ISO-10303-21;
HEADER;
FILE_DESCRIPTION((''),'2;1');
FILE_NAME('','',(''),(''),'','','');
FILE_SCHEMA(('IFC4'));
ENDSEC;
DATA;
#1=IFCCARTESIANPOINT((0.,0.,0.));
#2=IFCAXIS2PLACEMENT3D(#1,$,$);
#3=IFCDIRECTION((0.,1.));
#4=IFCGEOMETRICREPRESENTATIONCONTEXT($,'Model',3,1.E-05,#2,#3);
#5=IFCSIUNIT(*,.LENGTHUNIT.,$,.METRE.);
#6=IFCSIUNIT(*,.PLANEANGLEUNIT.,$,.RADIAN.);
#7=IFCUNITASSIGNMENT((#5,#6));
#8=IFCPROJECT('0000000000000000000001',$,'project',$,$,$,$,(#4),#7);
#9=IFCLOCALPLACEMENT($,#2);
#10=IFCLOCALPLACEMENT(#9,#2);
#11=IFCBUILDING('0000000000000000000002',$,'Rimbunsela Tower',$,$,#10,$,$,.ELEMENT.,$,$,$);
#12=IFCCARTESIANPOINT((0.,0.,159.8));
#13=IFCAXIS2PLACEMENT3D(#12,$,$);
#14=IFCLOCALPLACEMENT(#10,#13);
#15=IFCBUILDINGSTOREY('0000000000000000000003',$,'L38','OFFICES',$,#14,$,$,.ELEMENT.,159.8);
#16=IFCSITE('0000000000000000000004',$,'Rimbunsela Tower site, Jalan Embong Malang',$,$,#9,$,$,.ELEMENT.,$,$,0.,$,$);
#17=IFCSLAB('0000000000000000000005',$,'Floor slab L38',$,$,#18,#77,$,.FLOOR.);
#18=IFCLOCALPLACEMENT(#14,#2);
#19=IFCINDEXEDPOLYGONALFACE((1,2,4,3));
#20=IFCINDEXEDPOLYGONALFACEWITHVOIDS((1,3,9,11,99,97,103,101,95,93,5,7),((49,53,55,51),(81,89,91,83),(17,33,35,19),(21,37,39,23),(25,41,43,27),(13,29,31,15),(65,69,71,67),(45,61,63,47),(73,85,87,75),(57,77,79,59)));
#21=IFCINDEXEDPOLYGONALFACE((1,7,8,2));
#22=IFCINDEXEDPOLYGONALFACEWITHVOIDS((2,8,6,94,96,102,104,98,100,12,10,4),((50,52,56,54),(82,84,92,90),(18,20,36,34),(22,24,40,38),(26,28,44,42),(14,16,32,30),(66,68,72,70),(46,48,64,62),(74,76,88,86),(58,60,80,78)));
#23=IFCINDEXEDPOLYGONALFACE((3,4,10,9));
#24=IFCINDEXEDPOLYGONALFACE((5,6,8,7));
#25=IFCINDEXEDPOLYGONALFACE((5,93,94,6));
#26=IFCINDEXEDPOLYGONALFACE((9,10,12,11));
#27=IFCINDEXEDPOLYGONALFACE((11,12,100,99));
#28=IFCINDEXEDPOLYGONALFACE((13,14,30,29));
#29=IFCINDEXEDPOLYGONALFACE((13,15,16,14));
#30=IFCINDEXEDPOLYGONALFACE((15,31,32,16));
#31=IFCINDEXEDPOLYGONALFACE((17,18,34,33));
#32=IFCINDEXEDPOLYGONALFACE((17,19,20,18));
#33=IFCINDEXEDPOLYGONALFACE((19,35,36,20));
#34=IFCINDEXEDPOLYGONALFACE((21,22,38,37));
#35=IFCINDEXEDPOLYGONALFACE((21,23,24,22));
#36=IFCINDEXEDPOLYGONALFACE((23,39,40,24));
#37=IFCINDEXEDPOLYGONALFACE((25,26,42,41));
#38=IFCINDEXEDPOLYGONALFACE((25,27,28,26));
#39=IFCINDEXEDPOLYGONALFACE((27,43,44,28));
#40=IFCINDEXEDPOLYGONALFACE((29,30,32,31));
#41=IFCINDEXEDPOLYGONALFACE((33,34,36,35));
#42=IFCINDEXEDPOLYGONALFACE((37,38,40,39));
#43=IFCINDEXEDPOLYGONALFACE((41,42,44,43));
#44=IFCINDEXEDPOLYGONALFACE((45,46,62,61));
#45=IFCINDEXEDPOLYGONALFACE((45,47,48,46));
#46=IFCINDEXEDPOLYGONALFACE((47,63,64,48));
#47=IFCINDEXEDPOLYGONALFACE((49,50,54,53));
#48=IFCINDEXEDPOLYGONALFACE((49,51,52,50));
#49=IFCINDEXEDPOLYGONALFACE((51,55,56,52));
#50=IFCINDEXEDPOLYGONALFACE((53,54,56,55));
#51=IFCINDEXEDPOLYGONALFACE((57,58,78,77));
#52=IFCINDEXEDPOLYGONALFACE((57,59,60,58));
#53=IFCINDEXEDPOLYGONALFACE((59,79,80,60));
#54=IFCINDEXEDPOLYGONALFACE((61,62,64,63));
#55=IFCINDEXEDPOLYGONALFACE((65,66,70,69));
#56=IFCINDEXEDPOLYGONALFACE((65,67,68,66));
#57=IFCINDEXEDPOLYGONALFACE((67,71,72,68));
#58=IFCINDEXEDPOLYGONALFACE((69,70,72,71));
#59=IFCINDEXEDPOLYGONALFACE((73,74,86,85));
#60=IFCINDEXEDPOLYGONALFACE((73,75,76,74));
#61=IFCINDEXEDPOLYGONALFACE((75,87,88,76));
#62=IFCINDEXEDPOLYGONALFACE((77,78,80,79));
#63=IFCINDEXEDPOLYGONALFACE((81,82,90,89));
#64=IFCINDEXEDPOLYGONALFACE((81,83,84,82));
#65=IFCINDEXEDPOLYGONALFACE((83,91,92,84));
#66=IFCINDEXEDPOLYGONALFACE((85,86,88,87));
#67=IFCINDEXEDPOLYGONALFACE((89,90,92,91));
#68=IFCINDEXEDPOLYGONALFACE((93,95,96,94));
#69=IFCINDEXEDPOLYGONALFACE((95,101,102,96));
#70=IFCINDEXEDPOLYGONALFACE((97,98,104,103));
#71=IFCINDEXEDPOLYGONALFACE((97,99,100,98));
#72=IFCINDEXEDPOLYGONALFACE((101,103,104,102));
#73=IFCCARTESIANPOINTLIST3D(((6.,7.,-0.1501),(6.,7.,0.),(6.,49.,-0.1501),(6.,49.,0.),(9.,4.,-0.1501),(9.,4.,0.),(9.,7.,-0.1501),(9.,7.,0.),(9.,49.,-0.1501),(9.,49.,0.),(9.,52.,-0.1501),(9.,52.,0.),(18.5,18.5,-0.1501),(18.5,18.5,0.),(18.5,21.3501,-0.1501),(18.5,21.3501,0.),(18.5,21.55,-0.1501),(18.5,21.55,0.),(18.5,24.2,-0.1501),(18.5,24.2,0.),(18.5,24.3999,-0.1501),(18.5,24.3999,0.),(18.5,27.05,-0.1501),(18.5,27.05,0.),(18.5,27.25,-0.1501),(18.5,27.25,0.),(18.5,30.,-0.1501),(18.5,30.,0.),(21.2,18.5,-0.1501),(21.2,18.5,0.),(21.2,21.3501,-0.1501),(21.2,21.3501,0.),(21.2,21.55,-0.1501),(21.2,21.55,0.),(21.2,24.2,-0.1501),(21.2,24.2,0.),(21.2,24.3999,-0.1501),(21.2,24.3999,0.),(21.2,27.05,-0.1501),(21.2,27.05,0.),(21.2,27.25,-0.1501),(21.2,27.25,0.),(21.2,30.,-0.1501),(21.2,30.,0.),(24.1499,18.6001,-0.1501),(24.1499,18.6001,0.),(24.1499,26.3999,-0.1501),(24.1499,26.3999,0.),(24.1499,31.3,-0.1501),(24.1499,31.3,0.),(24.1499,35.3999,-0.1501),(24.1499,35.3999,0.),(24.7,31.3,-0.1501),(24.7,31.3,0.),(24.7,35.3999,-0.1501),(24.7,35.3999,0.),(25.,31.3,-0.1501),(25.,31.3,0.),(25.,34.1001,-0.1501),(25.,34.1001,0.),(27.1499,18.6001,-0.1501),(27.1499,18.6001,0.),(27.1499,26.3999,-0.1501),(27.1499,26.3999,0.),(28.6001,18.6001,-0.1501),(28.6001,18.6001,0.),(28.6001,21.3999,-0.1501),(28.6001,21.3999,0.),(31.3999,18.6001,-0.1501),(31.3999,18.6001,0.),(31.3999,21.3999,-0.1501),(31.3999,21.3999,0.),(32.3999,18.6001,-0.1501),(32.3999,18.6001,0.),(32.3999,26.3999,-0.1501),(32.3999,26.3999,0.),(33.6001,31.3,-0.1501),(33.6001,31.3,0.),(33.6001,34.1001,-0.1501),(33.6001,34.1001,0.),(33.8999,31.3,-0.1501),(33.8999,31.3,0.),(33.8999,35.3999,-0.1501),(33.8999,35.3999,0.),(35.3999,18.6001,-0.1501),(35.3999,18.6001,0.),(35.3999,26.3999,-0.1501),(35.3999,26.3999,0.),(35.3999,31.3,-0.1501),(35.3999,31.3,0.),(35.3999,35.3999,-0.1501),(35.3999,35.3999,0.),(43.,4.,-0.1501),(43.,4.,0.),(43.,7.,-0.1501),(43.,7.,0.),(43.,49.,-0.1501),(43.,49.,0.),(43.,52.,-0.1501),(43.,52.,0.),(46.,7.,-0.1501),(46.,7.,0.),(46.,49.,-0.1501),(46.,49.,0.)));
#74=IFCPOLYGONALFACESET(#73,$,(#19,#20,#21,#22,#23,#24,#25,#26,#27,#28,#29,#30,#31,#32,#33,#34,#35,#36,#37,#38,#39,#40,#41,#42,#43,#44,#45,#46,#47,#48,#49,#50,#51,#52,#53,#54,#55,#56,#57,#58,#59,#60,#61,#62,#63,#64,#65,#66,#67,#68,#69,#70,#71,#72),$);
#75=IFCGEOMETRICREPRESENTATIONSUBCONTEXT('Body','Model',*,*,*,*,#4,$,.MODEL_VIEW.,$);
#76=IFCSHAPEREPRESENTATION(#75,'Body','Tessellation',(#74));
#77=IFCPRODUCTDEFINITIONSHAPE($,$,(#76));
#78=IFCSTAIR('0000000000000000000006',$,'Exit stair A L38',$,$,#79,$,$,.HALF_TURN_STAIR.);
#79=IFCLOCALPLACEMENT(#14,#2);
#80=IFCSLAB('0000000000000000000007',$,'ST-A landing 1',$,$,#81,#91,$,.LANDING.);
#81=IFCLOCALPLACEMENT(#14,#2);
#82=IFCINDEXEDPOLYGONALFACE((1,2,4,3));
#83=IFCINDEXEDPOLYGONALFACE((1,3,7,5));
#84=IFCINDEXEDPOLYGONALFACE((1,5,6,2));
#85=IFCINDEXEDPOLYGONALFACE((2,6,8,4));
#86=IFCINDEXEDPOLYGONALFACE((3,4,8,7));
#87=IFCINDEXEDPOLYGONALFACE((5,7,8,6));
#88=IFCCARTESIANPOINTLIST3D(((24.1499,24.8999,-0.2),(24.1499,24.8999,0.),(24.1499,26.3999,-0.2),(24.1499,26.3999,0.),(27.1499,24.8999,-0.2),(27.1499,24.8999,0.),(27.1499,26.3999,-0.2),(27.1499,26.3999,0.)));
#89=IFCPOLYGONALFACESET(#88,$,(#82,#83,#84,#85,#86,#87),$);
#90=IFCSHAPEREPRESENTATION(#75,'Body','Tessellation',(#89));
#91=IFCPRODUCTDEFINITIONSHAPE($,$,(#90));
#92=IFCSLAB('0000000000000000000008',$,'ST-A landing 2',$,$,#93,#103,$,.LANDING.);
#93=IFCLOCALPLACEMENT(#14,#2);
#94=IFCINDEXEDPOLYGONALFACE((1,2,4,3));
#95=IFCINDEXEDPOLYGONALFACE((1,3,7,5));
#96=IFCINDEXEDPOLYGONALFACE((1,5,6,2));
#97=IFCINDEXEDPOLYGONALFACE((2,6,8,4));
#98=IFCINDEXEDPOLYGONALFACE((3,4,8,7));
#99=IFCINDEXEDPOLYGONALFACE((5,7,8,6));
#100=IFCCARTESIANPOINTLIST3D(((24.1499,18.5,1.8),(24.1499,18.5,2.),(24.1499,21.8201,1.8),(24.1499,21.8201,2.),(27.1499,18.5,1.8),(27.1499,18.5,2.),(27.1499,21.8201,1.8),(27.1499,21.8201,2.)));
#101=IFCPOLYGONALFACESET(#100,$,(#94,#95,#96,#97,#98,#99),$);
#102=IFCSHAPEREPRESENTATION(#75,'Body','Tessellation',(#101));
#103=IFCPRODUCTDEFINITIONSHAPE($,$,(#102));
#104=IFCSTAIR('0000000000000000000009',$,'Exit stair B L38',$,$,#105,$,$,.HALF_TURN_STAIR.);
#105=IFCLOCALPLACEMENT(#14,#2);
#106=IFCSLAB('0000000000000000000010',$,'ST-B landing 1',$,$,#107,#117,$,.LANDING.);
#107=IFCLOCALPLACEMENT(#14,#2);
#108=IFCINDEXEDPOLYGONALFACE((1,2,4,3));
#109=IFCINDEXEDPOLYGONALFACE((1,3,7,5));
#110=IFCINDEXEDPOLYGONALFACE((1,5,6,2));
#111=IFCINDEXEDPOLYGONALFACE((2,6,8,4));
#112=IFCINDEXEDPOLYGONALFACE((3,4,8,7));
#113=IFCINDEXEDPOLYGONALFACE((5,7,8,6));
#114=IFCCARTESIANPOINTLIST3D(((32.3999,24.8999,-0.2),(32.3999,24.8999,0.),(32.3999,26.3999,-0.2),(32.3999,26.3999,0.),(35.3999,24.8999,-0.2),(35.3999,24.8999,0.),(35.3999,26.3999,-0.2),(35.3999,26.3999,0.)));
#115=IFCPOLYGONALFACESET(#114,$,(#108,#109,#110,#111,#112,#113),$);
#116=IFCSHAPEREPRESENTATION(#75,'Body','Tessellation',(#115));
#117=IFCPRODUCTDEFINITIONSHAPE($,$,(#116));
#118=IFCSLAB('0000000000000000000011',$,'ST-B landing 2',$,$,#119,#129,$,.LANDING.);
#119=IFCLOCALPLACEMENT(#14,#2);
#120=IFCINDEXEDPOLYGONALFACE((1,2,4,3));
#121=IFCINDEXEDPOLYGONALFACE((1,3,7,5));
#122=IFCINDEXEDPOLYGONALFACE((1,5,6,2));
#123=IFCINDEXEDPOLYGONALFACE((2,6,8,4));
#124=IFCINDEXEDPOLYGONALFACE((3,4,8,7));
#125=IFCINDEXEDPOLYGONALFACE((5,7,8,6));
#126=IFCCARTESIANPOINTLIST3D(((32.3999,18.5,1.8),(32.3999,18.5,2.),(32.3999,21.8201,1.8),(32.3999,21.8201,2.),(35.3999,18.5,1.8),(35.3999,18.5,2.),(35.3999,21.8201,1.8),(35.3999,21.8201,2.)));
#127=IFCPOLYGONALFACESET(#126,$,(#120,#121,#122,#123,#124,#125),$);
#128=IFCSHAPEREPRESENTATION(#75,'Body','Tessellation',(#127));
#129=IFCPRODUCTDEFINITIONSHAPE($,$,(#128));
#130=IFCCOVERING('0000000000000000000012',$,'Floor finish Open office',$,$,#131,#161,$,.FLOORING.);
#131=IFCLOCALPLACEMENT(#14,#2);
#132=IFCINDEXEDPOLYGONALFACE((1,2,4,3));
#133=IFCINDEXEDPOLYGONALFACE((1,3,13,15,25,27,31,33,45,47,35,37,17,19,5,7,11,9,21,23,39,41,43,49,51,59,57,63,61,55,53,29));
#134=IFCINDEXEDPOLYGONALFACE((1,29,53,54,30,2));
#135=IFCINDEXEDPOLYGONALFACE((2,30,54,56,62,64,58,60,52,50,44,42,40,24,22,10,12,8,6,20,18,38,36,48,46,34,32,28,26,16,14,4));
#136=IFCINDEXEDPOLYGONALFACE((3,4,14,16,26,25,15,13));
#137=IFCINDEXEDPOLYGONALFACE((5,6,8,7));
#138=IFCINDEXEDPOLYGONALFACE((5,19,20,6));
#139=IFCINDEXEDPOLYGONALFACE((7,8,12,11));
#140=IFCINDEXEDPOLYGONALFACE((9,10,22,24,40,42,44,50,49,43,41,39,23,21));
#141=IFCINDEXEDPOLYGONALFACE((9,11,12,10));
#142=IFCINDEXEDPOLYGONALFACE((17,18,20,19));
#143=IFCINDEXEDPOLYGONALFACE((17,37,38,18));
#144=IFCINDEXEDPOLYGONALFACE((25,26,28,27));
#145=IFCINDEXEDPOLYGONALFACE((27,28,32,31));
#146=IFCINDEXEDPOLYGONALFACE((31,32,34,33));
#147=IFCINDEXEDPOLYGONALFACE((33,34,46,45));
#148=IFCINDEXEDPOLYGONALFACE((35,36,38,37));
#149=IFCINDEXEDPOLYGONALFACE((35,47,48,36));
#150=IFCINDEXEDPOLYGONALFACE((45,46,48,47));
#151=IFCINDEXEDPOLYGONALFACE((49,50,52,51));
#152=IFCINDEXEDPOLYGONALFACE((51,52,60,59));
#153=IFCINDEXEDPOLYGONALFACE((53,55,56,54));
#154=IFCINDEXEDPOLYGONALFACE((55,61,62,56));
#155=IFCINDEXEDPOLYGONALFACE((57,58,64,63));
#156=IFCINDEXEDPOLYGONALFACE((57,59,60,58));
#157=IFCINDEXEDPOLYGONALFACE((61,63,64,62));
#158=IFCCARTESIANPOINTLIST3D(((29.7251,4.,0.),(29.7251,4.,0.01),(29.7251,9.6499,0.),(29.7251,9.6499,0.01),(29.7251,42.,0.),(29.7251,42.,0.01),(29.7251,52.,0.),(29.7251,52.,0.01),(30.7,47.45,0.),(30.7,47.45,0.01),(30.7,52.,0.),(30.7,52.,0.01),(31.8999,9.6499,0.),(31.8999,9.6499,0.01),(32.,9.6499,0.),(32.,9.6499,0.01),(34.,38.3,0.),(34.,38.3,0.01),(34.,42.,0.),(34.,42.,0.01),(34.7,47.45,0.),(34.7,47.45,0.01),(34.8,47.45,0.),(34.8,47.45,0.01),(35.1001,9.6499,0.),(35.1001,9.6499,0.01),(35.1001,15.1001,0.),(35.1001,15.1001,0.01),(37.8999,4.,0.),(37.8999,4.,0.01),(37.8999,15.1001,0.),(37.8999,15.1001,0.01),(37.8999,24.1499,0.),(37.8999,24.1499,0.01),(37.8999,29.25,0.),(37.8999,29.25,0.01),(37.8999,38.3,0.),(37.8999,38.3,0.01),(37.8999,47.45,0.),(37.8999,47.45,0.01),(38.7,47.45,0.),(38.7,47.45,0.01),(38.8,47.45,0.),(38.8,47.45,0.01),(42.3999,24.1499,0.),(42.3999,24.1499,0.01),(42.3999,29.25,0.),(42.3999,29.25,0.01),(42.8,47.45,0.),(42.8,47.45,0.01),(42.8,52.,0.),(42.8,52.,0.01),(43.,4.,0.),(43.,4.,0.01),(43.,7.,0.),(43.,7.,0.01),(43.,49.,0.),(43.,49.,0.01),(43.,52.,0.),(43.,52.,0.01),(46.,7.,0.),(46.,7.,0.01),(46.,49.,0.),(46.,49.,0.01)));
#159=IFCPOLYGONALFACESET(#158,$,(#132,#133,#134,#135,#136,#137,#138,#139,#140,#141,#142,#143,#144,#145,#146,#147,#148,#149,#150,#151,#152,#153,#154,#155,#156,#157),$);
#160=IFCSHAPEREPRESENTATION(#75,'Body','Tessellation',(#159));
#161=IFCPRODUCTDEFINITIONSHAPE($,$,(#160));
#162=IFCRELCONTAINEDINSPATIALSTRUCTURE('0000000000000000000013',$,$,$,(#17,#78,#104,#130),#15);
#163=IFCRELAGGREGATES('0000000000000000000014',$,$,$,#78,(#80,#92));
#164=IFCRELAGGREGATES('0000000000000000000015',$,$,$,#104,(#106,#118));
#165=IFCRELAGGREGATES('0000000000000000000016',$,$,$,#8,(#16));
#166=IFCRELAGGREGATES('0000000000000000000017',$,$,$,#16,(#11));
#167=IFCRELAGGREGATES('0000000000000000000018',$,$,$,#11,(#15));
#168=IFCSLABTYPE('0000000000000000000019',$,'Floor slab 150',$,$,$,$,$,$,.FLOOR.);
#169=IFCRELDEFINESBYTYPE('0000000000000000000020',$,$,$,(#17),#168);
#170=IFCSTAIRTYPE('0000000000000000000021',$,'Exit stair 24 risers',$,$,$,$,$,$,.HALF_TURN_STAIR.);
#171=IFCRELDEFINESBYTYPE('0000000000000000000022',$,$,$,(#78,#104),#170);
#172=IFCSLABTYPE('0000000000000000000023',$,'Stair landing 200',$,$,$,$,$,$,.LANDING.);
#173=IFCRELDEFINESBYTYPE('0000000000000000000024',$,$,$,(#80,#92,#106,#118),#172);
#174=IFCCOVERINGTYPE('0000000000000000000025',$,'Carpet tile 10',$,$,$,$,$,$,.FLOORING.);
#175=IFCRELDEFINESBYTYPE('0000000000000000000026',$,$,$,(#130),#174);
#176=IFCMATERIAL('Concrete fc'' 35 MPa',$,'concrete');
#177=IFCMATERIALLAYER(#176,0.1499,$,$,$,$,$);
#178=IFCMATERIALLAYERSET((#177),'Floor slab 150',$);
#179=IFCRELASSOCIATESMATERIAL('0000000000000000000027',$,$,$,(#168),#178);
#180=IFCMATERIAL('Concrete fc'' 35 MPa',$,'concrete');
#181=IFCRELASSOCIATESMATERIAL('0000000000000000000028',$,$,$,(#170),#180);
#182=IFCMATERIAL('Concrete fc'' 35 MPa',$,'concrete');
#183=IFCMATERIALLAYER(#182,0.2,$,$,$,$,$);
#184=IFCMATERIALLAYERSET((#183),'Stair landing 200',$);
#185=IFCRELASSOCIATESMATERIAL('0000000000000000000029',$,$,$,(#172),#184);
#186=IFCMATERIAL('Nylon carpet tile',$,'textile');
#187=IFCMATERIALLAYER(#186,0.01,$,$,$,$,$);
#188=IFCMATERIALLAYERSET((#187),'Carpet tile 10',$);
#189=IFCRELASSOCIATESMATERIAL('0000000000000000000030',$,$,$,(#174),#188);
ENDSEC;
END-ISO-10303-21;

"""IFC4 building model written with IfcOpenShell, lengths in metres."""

from ifc_helpers import new_model, si_unit, direction, frame, origin, place, context, subcontext, project, spatial, polyline, outline, extrude, material, layer, layer_set, type_object, element, aggregate, save


model = new_model("IFC4")

# Units and contexts
model_context = context("Model", 3, precision=1e-05, world=origin(), true_north=direction((0.0, 1.0)))
body_context = subcontext(model_context, "Body", "Model", "MODEL_VIEW")
ifc_project = project(units=[si_unit("LENGTHUNIT", "METRE"), si_unit("PLANEANGLEUNIT", "RADIAN")], contexts=[model_context])

# Site, building, storey
site_placement = place(None, origin())
site = spatial("IfcSite", under=ifc_project, at=site_placement, Name="Rimbunsela Tower site, Jalan Embong Malang", CompositionType="ELEMENT", RefElevation=0.0)
building_placement = place(site_placement, origin())
building = spatial("IfcBuilding", under=site, at=building_placement, Name="Rimbunsela Tower", CompositionType="ELEMENT")
storey_placement = place(building_placement, frame((0.0, 0.0, 159.8)))
storey = spatial("IfcBuildingStorey", under=building, at=storey_placement, Name="L38", Description="OFFICES", CompositionType="ELEMENT", Elevation=159.8)

# Slab
ifc_material_1 = material(Name="Concrete fc' 35 MPa", Category="concrete")
ifc_layer_1 = layer(ifc_material_1, 0.1499)
ifc_layer_set_1 = layer_set([ifc_layer_1], Name="Floor slab 150")
slab_type_1 = type_object("IfcSlabType", Name="Floor slab 150", PredefinedType="FLOOR", material=ifc_layer_set_1)
slab_1_placement = place(storey_placement, frame((0.0, 0.0, -0.1501)))
element("IfcSlab", 1, at=slab_1_placement, inside=storey, type_object=slab_type_1, Name="Floor slab L38", PredefinedType="FLOOR", context=body_context, shape_type="SweptSolid", body=[
    extrude(outline(polyline([(9.0, 4.0), (43.0, 4.0), (43.0, 7.0), (46.0, 7.0), (46.0, 49.0), (43.0, 49.0), (43.0, 52.0), (9.0, 52.0), (9.0, 49.0), (6.0, 49.0), (6.0, 7.0), (9.0, 7.0), (9.0, 4.0)]), holes=[polyline([(21.2, 21.3501), (18.5, 21.3501), (18.5, 18.5), (21.2, 18.5), (21.2, 21.3501)]), polyline([(21.2, 21.55), (21.2, 24.2), (18.5, 24.2), (18.5, 21.55), (21.2, 21.55)]), polyline([(21.2, 27.05), (18.5, 27.05), (18.5, 24.3999), (21.2, 24.3999), (21.2, 27.05)]), polyline([(21.2, 27.25), (21.2, 30.0), (18.5, 30.0), (18.5, 27.25), (21.2, 27.25)]), polyline([(27.1499, 18.6001), (27.1499, 26.3999), (24.1499, 26.3999), (24.1499, 18.6001), (27.1499, 18.6001)]), polyline([(24.7, 31.3), (24.7, 35.3999), (24.1499, 35.3999), (24.1499, 31.3), (24.7, 31.3)]), polyline([(25.0, 34.1001), (25.0, 31.3), (33.6001, 31.3), (33.6001, 34.1001), (25.0, 34.1001)]), polyline([(31.3999, 21.3999), (28.6001, 21.3999), (28.6001, 18.6001), (31.3999, 18.6001), (31.3999, 21.3999)]), polyline([(35.3999, 18.6001), (35.3999, 26.3999), (32.3999, 26.3999), (32.3999, 18.6001), (35.3999, 18.6001)]), polyline([(35.3999, 31.3), (35.3999, 35.3999), (33.8999, 35.3999), (33.8999, 31.3), (35.3999, 31.3)])]), origin(), (0.0, 0.0, 1.0), 0.1501),
])

# Stairs, slabs
ifc_material_2 = material(Name="Concrete fc' 35 MPa", Category="concrete")
stair_type = type_object("IfcStairType", Name="Exit stair 24 risers", PredefinedType="HALF_TURN_STAIR", material=ifc_material_2)
stair_1_placement = place(storey_placement, origin())
stair_1 = element("IfcStair", 2, at=stair_1_placement, inside=storey, type_object=stair_type, Name="Exit stair A L38", PredefinedType="HALF_TURN_STAIR")
ifc_material_3 = material(Name="Concrete fc' 35 MPa", Category="concrete")
ifc_layer_2 = layer(ifc_material_3, 0.2)
ifc_layer_set_2 = layer_set([ifc_layer_2], Name="Stair landing 200")
slab_type_2 = type_object("IfcSlabType", Name="Stair landing 200", PredefinedType="LANDING", material=ifc_layer_set_2)
slab_2_placement = place(storey_placement, frame((0.0, 0.0, -0.2)))
slab_2 = element("IfcSlab", 3, at=slab_2_placement, type_object=slab_type_2, Name="ST-A landing 1", PredefinedType="LANDING", context=body_context, shape_type="SweptSolid", body=[
    extrude(outline(polyline([(24.1499, 24.8999), (27.1499, 24.8999), (27.1499, 26.3999), (24.1499, 26.3999), (24.1499, 24.8999)])), origin(), (0.0, 0.0, 1.0), 0.2),
])
slab_3_placement = place(storey_placement, frame((0.0, 0.0, 1.8)))
slab_3 = element("IfcSlab", 4, at=slab_3_placement, type_object=slab_type_2, Name="ST-A landing 2", PredefinedType="LANDING", context=body_context, shape_type="SweptSolid", body=[
    extrude(outline(polyline([(24.1499, 18.5), (27.1499, 18.5), (27.1499, 21.8201), (24.1499, 21.8201), (24.1499, 18.5)])), origin(), (0.0, 0.0, 1.0), 0.2),
])
aggregate(stair_1, [slab_2, slab_3])
stair_2_placement = place(storey_placement, origin())
stair_2 = element("IfcStair", 5, at=stair_2_placement, inside=storey, type_object=stair_type, Name="Exit stair B L38", PredefinedType="HALF_TURN_STAIR")
slab_4_placement = place(storey_placement, frame((0.0, 0.0, -0.2)))
slab_4 = element("IfcSlab", 6, at=slab_4_placement, type_object=slab_type_2, Name="ST-B landing 1", PredefinedType="LANDING", context=body_context, shape_type="SweptSolid", body=[
    extrude(outline(polyline([(32.3999, 24.8999), (35.3999, 24.8999), (35.3999, 26.3999), (32.3999, 26.3999), (32.3999, 24.8999)])), origin(), (0.0, 0.0, 1.0), 0.2),
])
slab_5_placement = place(storey_placement, frame((0.0, 0.0, 1.8)))
slab_5 = element("IfcSlab", 7, at=slab_5_placement, type_object=slab_type_2, Name="ST-B landing 2", PredefinedType="LANDING", context=body_context, shape_type="SweptSolid", body=[
    extrude(outline(polyline([(32.3999, 18.5), (35.3999, 18.5), (35.3999, 21.8201), (32.3999, 21.8201), (32.3999, 18.5)])), origin(), (0.0, 0.0, 1.0), 0.2),
])
aggregate(stair_2, [slab_4, slab_5])

# Covering
ifc_material_4 = material(Name="Nylon carpet tile", Category="textile")
ifc_layer_3 = layer(ifc_material_4, 0.01)
ifc_layer_set_3 = layer_set([ifc_layer_3], Name="Carpet tile 10")
covering_type_1 = type_object("IfcCoveringType", Name="Carpet tile 10", PredefinedType="FLOORING", material=ifc_layer_set_3)
covering_1_placement = place(storey_placement, origin())
element("IfcCovering", 8, at=covering_1_placement, inside=storey, type_object=covering_type_1, Name="Floor finish Open office", PredefinedType="FLOORING", context=body_context, shape_type="SweptSolid", body=[
    extrude(outline(polyline([(29.7251, 52.0), (30.7, 52.0), (30.7, 47.45), (34.7, 47.45), (34.8, 47.45), (37.8999, 47.45), (38.7, 47.45), (38.8, 47.45), (42.8, 47.45), (42.8, 52.0), (43.0, 52.0), (43.0, 49.0), (46.0, 49.0), (46.0, 7.0), (43.0, 7.0), (43.0, 4.0), (37.8999, 4.0), (29.7251, 4.0), (29.7251, 9.6499), (31.8999, 9.6499), (32.0, 9.6499), (35.1001, 9.6499), (35.1001, 15.1001), (37.8999, 15.1001), (37.8999, 24.1499), (42.3999, 24.1499), (42.3999, 29.25), (37.8999, 29.25), (37.8999, 38.3), (34.0, 38.3), (34.0, 42.0), (29.7251, 42.0), (29.7251, 52.0)])), origin(), (0.0, 0.0, 1.0), 0.01),
])

save(model, "model.ifc")
